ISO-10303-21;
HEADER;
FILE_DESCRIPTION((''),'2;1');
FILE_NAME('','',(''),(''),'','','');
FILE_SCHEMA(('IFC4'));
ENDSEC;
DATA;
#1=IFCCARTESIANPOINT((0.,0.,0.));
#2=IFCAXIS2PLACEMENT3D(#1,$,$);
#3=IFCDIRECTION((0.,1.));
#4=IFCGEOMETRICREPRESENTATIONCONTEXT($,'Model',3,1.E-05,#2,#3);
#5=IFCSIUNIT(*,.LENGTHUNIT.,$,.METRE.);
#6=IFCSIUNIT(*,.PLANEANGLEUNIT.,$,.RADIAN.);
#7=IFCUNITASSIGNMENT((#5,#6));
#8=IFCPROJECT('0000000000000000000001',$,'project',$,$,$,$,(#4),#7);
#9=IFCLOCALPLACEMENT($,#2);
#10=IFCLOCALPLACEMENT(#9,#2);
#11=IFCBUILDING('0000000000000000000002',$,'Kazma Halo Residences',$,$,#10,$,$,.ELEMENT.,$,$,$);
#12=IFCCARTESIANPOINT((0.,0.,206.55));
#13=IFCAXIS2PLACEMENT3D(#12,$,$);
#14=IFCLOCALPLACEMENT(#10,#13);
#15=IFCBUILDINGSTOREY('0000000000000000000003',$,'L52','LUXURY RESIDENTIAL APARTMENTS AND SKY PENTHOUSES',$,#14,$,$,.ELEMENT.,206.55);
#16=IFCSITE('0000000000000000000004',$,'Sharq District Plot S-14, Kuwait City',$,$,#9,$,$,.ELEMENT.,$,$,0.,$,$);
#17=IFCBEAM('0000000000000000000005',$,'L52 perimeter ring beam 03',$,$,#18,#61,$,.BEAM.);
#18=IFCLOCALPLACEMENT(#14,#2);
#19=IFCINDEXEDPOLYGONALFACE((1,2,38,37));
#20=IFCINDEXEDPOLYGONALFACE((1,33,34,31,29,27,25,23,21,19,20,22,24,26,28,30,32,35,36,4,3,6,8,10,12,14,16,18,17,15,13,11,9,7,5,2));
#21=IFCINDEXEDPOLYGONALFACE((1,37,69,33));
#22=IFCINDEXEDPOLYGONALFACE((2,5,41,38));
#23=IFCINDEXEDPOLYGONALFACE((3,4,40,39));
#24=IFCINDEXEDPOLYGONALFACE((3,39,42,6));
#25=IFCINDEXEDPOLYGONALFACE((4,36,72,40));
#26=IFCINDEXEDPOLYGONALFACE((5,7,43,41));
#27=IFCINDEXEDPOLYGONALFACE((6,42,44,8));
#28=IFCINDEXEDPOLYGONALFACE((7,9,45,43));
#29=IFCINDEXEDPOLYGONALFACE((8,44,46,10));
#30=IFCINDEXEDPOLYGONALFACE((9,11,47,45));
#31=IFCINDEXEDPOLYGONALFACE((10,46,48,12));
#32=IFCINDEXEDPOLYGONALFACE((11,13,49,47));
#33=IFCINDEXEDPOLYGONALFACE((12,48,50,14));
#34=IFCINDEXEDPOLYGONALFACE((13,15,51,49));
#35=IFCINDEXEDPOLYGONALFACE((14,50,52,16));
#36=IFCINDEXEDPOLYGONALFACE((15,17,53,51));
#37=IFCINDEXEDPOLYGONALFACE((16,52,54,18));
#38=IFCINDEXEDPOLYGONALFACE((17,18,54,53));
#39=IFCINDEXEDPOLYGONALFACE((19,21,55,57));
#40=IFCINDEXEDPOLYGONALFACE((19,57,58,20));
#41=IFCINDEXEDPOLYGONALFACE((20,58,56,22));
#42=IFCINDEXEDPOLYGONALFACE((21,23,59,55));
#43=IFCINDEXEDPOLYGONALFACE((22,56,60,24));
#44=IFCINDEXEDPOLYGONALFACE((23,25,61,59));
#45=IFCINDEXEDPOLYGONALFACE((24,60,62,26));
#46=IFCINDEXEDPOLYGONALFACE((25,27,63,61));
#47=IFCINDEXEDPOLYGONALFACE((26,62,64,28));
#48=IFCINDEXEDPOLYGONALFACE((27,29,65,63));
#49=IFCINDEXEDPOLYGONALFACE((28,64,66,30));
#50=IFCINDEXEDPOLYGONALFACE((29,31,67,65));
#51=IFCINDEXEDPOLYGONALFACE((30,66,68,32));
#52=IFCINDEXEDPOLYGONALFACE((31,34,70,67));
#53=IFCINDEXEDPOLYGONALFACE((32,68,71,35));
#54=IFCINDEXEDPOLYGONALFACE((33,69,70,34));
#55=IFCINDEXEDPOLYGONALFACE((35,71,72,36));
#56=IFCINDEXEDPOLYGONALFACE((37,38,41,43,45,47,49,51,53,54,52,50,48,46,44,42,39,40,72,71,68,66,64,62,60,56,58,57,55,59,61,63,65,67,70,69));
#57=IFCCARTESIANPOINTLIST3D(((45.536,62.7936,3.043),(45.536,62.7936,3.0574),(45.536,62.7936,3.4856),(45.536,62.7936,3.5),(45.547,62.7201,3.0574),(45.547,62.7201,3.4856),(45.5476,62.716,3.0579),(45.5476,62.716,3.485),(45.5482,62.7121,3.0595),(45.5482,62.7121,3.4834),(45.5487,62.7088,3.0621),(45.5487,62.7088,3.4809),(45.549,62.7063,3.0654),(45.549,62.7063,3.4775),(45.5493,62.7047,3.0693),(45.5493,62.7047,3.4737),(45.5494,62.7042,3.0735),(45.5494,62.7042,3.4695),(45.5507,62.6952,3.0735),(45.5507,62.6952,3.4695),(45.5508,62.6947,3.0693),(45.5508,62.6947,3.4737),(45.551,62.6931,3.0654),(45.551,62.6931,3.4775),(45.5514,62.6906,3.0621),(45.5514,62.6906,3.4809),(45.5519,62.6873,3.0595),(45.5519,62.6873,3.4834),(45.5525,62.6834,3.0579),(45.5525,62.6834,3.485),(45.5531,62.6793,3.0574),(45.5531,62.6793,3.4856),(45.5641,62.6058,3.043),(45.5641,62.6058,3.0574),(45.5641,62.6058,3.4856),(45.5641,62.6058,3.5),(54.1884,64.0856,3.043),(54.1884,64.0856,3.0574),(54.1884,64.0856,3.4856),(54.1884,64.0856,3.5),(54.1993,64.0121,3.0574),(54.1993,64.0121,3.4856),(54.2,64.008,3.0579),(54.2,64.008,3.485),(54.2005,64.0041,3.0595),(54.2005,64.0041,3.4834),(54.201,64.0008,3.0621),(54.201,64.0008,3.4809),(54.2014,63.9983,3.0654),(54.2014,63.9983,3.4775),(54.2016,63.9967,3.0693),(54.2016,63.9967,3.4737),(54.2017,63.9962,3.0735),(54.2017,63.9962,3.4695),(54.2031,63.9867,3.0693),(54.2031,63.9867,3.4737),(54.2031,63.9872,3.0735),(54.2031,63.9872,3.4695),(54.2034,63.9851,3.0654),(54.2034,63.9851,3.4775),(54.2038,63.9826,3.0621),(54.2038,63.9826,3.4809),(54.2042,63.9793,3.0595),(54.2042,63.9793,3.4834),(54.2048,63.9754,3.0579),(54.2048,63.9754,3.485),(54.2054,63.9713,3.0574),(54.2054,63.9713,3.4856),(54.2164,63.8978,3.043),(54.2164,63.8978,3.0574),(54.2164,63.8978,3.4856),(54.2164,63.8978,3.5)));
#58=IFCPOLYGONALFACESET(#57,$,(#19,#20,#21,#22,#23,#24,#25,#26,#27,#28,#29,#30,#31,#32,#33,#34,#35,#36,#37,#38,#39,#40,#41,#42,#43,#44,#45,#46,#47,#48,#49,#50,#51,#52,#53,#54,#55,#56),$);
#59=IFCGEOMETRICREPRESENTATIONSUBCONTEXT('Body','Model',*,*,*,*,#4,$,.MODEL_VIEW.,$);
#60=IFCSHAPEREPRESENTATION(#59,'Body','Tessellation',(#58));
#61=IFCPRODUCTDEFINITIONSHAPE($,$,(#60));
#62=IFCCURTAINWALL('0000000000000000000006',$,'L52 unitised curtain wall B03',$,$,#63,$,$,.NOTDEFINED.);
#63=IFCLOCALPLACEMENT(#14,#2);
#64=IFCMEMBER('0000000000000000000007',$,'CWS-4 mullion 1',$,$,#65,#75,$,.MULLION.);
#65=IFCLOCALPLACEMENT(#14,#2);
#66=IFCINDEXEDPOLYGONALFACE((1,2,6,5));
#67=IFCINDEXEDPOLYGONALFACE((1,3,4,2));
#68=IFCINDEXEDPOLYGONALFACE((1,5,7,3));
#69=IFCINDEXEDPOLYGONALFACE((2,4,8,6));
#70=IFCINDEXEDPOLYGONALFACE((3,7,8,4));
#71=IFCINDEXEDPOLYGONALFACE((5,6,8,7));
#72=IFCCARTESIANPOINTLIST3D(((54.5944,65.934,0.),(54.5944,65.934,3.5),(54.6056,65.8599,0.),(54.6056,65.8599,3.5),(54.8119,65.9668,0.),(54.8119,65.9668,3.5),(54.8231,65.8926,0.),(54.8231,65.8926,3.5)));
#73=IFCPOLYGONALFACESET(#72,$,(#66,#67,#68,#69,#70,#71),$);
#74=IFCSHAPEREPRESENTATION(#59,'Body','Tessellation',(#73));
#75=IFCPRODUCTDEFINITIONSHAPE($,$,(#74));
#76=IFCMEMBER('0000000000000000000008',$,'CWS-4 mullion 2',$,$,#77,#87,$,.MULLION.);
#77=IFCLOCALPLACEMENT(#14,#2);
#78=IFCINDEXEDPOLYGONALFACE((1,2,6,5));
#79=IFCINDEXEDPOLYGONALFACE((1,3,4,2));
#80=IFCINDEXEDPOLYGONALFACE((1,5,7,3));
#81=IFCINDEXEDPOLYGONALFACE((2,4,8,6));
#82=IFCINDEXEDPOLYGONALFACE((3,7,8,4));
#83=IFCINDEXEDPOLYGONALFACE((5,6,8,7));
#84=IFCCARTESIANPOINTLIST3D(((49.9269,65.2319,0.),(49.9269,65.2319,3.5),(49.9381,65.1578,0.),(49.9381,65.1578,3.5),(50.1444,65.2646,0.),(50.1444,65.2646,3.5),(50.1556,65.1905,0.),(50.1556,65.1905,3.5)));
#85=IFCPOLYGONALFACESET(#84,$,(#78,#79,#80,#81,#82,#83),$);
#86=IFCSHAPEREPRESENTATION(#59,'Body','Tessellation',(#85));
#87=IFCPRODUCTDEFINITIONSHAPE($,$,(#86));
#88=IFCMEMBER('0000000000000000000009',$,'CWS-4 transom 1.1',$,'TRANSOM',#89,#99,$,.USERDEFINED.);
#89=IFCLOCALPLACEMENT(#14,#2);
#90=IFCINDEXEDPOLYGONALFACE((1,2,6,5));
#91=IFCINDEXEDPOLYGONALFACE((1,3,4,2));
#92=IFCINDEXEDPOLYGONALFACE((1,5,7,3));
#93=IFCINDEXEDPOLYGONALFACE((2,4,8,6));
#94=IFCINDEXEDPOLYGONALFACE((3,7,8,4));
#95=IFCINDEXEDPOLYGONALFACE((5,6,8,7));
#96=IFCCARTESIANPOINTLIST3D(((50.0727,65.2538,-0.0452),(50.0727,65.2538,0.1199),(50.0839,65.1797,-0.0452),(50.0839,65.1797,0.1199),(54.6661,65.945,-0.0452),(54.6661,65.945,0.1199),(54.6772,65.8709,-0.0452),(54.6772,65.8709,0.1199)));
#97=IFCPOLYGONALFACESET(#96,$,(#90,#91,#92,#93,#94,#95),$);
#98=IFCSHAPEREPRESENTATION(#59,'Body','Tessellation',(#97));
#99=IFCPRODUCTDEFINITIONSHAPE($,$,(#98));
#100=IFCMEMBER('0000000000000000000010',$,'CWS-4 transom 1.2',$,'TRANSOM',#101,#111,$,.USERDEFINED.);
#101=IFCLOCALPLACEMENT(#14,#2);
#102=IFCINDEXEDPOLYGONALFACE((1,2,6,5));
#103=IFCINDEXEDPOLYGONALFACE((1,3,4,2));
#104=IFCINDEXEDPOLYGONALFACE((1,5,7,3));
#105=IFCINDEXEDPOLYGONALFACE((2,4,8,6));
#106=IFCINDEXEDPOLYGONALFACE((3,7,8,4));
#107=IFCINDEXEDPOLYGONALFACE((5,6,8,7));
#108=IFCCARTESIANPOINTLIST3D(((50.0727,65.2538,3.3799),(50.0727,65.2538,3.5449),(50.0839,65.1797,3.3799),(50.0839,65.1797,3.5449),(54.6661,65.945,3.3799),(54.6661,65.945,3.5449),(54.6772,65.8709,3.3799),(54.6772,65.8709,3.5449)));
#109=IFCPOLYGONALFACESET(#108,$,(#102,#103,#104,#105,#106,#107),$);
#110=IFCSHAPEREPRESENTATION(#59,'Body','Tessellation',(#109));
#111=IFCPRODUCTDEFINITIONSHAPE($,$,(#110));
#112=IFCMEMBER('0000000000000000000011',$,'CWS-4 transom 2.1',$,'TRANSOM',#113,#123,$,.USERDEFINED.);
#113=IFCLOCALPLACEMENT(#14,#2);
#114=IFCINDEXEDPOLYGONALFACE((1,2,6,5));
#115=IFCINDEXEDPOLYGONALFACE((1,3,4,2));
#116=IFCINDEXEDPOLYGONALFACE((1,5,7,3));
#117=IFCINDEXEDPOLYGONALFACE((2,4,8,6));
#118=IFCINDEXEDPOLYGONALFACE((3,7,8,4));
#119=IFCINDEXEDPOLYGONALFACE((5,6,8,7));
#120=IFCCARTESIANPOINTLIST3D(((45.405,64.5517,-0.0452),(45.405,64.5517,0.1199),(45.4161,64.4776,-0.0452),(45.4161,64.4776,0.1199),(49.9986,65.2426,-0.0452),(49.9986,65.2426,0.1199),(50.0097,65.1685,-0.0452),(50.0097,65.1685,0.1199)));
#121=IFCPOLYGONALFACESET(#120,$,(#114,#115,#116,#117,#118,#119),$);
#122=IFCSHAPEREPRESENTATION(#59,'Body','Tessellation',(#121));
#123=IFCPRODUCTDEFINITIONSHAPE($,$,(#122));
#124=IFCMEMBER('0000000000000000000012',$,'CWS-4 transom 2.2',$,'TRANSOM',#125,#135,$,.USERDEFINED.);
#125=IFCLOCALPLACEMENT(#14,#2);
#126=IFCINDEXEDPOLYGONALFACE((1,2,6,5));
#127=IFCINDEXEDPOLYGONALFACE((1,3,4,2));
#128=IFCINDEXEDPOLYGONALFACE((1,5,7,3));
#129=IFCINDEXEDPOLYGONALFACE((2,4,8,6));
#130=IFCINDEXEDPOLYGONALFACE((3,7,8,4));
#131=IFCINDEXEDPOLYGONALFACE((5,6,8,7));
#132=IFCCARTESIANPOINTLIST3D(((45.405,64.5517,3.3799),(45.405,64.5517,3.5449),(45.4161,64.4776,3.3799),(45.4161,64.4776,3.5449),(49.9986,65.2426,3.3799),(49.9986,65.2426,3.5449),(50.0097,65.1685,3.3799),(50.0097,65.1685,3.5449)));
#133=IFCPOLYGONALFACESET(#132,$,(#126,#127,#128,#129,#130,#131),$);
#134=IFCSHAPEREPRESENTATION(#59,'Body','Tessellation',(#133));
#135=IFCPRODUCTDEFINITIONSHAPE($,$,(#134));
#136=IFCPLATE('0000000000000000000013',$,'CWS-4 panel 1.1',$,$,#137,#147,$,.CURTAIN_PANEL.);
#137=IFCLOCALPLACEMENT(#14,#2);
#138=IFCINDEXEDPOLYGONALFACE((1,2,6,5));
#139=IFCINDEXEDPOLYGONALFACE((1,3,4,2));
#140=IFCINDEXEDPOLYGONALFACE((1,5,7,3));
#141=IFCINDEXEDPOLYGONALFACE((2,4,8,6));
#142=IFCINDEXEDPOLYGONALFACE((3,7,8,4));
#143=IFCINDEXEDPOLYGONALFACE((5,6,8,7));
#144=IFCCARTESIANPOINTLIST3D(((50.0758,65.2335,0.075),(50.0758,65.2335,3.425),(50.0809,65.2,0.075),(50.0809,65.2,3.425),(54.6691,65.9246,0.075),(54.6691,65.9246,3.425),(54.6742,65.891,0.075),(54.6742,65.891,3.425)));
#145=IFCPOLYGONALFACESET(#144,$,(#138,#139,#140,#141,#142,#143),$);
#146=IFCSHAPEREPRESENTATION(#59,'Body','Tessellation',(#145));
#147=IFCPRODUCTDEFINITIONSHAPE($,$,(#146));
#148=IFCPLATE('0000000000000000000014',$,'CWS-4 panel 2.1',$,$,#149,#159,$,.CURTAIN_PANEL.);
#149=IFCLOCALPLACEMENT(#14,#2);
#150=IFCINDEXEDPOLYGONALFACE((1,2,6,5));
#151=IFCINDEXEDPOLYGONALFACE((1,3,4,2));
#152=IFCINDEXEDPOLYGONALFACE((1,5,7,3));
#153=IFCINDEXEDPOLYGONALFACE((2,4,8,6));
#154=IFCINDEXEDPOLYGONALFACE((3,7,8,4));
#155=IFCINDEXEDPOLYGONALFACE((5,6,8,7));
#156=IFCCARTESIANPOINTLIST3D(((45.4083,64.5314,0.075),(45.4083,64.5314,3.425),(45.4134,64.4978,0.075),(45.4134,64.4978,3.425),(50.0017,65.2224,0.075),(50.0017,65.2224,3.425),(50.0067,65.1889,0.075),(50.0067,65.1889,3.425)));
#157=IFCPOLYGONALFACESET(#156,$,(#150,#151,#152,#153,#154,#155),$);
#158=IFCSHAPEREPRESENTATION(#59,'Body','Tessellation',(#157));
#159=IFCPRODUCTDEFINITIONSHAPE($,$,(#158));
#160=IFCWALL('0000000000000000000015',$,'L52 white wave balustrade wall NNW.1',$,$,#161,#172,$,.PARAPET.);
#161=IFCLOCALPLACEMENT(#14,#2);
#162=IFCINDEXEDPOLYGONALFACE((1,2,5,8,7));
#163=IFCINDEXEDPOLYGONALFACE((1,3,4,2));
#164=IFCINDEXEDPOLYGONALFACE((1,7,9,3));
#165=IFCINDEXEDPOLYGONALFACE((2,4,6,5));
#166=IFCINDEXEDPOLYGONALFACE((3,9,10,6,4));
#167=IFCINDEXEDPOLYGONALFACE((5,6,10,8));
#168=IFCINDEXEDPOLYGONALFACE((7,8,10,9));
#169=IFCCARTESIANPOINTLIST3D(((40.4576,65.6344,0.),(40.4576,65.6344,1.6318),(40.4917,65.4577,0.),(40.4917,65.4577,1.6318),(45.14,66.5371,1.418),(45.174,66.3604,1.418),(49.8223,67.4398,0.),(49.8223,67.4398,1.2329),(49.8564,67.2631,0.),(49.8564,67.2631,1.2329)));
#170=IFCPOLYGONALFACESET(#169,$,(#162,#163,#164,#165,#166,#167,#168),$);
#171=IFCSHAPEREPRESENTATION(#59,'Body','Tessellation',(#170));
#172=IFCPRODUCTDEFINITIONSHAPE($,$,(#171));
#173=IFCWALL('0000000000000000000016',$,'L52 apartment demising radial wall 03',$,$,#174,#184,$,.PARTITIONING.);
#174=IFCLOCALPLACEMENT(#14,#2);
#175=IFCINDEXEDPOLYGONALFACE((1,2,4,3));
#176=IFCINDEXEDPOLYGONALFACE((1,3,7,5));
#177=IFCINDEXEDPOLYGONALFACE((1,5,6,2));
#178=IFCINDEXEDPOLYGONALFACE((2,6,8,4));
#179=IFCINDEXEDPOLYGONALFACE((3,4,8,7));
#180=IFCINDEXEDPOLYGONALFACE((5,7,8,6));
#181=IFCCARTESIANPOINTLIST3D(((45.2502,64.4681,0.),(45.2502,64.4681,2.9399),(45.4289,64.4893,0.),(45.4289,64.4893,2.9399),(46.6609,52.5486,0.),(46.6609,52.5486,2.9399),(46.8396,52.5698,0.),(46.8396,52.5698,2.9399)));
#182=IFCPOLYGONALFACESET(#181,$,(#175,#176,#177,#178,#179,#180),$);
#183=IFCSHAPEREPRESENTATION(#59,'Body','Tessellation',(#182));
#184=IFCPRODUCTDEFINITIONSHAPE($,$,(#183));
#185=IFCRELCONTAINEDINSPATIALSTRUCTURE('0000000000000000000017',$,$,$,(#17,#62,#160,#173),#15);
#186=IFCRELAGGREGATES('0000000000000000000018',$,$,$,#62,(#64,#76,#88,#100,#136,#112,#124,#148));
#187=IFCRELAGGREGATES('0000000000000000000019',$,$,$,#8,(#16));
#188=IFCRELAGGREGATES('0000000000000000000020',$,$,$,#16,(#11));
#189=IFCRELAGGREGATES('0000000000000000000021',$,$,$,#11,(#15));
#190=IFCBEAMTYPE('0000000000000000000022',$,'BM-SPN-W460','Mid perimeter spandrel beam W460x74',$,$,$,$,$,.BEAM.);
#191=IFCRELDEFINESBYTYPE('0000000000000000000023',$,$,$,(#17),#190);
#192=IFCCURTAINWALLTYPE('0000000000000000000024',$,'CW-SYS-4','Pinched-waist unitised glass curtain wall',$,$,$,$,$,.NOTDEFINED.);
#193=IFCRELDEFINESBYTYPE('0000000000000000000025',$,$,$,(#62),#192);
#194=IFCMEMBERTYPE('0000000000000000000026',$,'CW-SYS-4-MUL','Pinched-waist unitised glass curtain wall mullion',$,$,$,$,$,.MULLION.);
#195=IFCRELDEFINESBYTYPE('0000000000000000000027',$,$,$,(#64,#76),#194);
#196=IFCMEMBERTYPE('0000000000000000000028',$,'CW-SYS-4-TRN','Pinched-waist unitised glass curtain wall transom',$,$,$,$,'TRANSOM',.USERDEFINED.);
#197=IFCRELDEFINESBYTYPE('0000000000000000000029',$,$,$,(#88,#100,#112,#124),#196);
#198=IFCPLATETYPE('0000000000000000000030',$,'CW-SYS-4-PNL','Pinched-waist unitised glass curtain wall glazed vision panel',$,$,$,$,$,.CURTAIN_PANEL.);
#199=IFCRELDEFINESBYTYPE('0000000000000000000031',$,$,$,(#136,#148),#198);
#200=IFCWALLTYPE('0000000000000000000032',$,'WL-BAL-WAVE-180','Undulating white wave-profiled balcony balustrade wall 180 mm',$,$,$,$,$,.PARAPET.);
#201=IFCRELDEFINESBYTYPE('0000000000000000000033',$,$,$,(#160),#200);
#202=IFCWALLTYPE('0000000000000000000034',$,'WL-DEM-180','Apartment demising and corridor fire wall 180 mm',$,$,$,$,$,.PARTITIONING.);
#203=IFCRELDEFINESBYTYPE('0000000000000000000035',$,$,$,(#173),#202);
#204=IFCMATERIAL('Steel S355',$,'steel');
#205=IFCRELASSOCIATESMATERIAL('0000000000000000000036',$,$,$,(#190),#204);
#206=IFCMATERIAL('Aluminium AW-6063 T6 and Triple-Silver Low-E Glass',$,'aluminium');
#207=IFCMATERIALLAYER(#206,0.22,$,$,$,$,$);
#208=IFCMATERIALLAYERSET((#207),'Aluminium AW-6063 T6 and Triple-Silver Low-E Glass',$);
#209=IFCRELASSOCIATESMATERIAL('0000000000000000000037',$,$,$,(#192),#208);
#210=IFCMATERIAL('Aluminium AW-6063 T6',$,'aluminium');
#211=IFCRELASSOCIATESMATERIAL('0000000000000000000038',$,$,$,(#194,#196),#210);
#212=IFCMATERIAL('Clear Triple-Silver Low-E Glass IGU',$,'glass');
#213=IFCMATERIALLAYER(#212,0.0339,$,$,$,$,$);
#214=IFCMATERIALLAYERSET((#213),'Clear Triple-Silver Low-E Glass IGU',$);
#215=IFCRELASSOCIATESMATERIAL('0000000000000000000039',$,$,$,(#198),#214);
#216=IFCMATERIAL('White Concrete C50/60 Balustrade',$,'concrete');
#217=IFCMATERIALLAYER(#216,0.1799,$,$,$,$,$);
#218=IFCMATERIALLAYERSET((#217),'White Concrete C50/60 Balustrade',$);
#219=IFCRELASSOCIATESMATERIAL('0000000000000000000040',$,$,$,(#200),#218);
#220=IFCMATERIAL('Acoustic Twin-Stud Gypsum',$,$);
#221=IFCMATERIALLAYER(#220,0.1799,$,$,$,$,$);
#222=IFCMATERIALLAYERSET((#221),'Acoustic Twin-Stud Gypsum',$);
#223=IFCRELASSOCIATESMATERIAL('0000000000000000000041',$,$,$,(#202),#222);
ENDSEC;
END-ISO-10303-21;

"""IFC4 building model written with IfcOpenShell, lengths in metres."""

from ifc_helpers import new_model, si_unit, direction, frame, frame_2d, origin, origin_2d, place, context, subcontext, project, spatial, polyline, rectangle, i_section, outline, extrude, material, layer, layer_set, material_profile, profile_set, type_object, element, aggregate, save


model = new_model("IFC4")

# Units and contexts
model_context = context("Model", 3, precision=1e-05, world=origin(), true_north=direction((0.0, 1.0)))
body_context = subcontext(model_context, "Body", "Model", "MODEL_VIEW")
ifc_project = project(units=[si_unit("LENGTHUNIT", "METRE"), si_unit("PLANEANGLEUNIT", "RADIAN")], contexts=[model_context])

# Site, building, storey
site_placement = place(None, origin())
site = spatial("IfcSite", under=ifc_project, at=site_placement, Name="Sharq District Plot S-14, Kuwait City", CompositionType="ELEMENT", RefElevation=0.0)
building_placement = place(site_placement, origin())
building = spatial("IfcBuilding", under=site, at=building_placement, Name="Kazma Halo Residences", CompositionType="ELEMENT")
storey_placement = place(building_placement, frame((0.0, 0.0, 206.55)))
storey = spatial("IfcBuildingStorey", under=building, at=storey_placement, Name="L52", Description="LUXURY RESIDENTIAL APARTMENTS AND SKY PENTHOUSES", CompositionType="ELEMENT", Elevation=206.55)

# Beam
ifc_material_1 = material(Name="Steel S355", Category="steel")
ifc_material_profile_1 = material_profile(ifc_material_1, i_section(OverallWidth=0.1899, OverallDepth=0.457, WebThickness=0.009, FlangeThickness=0.0144, FilletRadius=0.0161, at=origin_2d()), Name="W460x74")
ifc_profile_set_1 = profile_set([ifc_material_profile_1], Name="Steel S355")
beam_type_1 = type_object("IfcBeamType", Name="BM-SPN-W460", Description="Mid perimeter spandrel beam W460x74", PredefinedType="BEAM", material=ifc_profile_set_1)
beam_1_placement = place(storey_placement, frame((54.2024, 63.9917, 3.2715), z_axis=(-0.989034, -0.147685, 0.0), x_axis=(0.147685, -0.989034, 0.0)))
element("IfcBeam", 1, at=beam_1_placement, inside=storey, type_object=beam_type_1, Name="L52 perimeter ring beam 03", PredefinedType="BEAM", context=body_context, shape_type="SweptSolid", body=[
    extrude(i_section(OverallWidth=0.1899, OverallDepth=0.457, WebThickness=0.009, FlangeThickness=0.0144, FilletRadius=0.0161, at=origin_2d()), origin(), (0.0, 0.0, 1.0), 8.7483),
])

# Curtain wall, members, plates
ifc_material_2 = material(Name="Aluminium AW-6063 T6 and Triple-Silver Low-E Glass", Category="aluminium")
ifc_layer_1 = layer(ifc_material_2, 0.22)
ifc_layer_set_1 = layer_set([ifc_layer_1], Name="Aluminium AW-6063 T6 and Triple-Silver Low-E Glass")
curtain_wall_type = type_object("IfcCurtainWallType", Name="CW-SYS-4", Description="Pinched-waist unitised glass curtain wall", PredefinedType="NOTDEFINED", material=ifc_layer_set_1)
curtain_wall_placement = place(storey_placement, origin())
curtain_wall = element("IfcCurtainWall", 2, at=curtain_wall_placement, inside=storey, type_object=curtain_wall_type, Name="L52 unitised curtain wall B03", PredefinedType="NOTDEFINED")
ifc_material_3 = material(Name="Aluminium AW-6063 T6", Category="aluminium")
ifc_material_profile_2 = material_profile(ifc_material_3, rectangle(XDim=0.075, YDim=0.22, at=origin_2d()), Name="CWM-75x220")
ifc_profile_set_2 = profile_set([ifc_material_profile_2], Name="Aluminium AW-6063 T6")
member_type_1 = type_object("IfcMemberType", Name="CW-SYS-4-MUL", Description="Pinched-waist unitised glass curtain wall mullion", PredefinedType="MULLION", material=ifc_profile_set_2)
member_1_placement = place(storey_placement, frame((54.7087, 65.9133, 0.0), z_axis=(0.0, 0.0, 1.0), x_axis=(0.148773, -0.988871, 0.0)))
member_1 = element("IfcMember", 3, at=member_1_placement, type_object=member_type_1, Name="CWS-4 mullion 1", PredefinedType="MULLION", context=body_context, shape_type="SweptSolid", body=[
    extrude(rectangle(XDim=0.075, YDim=0.22, at=origin_2d()), origin(), (0.0, 0.0, 1.0), 3.5),
])
member_2_placement = place(storey_placement, frame((50.0413, 65.2112, 0.0), z_axis=(0.0, 0.0, 1.0), x_axis=(0.148773, -0.988871, 0.0)))
member_2 = element("IfcMember", 4, at=member_2_placement, type_object=member_type_1, Name="CWS-4 mullion 2", PredefinedType="MULLION", context=body_context, shape_type="SweptSolid", body=[
    extrude(rectangle(XDim=0.075, YDim=0.22, at=origin_2d()), origin(), (0.0, 0.0, 1.0), 3.5),
])
ifc_material_profile_3 = material_profile(ifc_material_3, rectangle(XDim=0.075, YDim=0.165, at=origin_2d()), Name="CWT-75x165")
ifc_profile_set_3 = profile_set([ifc_material_profile_3], Name="Aluminium AW-6063 T6")
member_type_2 = type_object("IfcMemberType", Name="CW-SYS-4-TRN", Description="Pinched-waist unitised glass curtain wall transom", ElementType="TRANSOM", PredefinedType="USERDEFINED", material=ifc_profile_set_3)
member_3_placement = place(storey_placement, frame((54.6716, 65.908, 0.0374), z_axis=(-0.988868, -0.148798, 0.0), x_axis=(0.148798, -0.988868, 0.0)))
member_3 = element("IfcMember", 5, at=member_3_placement, type_object=member_type_2, Name="CWS-4 transom 1.1", ObjectType="TRANSOM", PredefinedType="USERDEFINED", context=body_context, shape_type="SweptSolid", body=[
    extrude(rectangle(XDim=0.075, YDim=0.165, at=origin_2d()), origin(), (0.0, 0.0, 1.0), 4.645),
])
member_4_placement = place(storey_placement, frame((54.6716, 65.908, 3.4624), z_axis=(-0.988868, -0.148798, 0.0), x_axis=(0.148798, -0.988868, 0.0)))
member_4 = element("IfcMember", 6, at=member_4_placement, type_object=member_type_2, Name="CWS-4 transom 1.2", ObjectType="TRANSOM", PredefinedType="USERDEFINED", context=body_context, shape_type="SweptSolid", body=[
    extrude(rectangle(XDim=0.075, YDim=0.165, at=origin_2d()), origin(), (0.0, 0.0, 1.0), 4.645),
])
member_5_placement = place(storey_placement, frame((50.0042, 65.2056, 0.0374), z_axis=(-0.988877, -0.148739, 0.0), x_axis=(0.148739, -0.988877, 0.0)))
member_5 = element("IfcMember", 7, at=member_5_placement, type_object=member_type_2, Name="CWS-4 transom 2.1", ObjectType="TRANSOM", PredefinedType="USERDEFINED", context=body_context, shape_type="SweptSolid", body=[
    extrude(rectangle(XDim=0.075, YDim=0.165, at=origin_2d()), origin(), (0.0, 0.0, 1.0), 4.6453),
])
member_6_placement = place(storey_placement, frame((50.0042, 65.2056, 3.4624), z_axis=(-0.988877, -0.148739, 0.0), x_axis=(0.148739, -0.988877, 0.0)))
member_6 = element("IfcMember", 8, at=member_6_placement, type_object=member_type_2, Name="CWS-4 transom 2.2", ObjectType="TRANSOM", PredefinedType="USERDEFINED", context=body_context, shape_type="SweptSolid", body=[
    extrude(rectangle(XDim=0.075, YDim=0.165, at=origin_2d()), origin(), (0.0, 0.0, 1.0), 4.6453),
])
ifc_material_4 = material(Name="Clear Triple-Silver Low-E Glass IGU", Category="glass")
ifc_layer_2 = layer(ifc_material_4, 0.0339)
ifc_layer_set_2 = layer_set([ifc_layer_2], Name="Clear Triple-Silver Low-E Glass IGU")
plate_type = type_object("IfcPlateType", Name="CW-SYS-4-PNL", Description="Pinched-waist unitised glass curtain wall glazed vision panel", PredefinedType="CURTAIN_PANEL", material=ifc_layer_set_2)
plate_1_placement = place(storey_placement, frame((52.375, 65.5623, 0.075), z_axis=(0.0, 0.0, 1.0), x_axis=(-0.988871, -0.148773, 0.0)))
plate_1 = element("IfcPlate", 9, at=plate_1_placement, type_object=plate_type, Name="CWS-4 panel 1.1", PredefinedType="CURTAIN_PANEL", context=body_context, shape_type="SweptSolid", body=[
    extrude(rectangle(XDim=4.645, YDim=0.0339, at=origin_2d()), origin(), (0.0, 0.0, 1.0), 3.3501),
])
plate_2_placement = place(storey_placement, frame((47.7075, 64.8601, 0.075), z_axis=(0.0, 0.0, 1.0), x_axis=(-0.988871, -0.148773, 0.0)))
plate_2 = element("IfcPlate", 10, at=plate_2_placement, type_object=plate_type, Name="CWS-4 panel 2.1", PredefinedType="CURTAIN_PANEL", context=body_context, shape_type="SweptSolid", body=[
    extrude(rectangle(XDim=4.645, YDim=0.0339, at=origin_2d()), origin(), (0.0, 0.0, 1.0), 3.3501),
])
aggregate(curtain_wall, [member_1, member_2, member_3, member_4, plate_1, member_5, member_6, plate_2])

# Walls
ifc_material_5 = material(Name="White Concrete C50/60 Balustrade", Category="concrete")
ifc_layer_3 = layer(ifc_material_5, 0.1799)
ifc_layer_set_3 = layer_set([ifc_layer_3], Name="White Concrete C50/60 Balustrade")
wall_type_1 = type_object("IfcWallType", Name="WL-BAL-WAVE-180", Description="Undulating white wave-profiled balcony balustrade wall 180 mm", PredefinedType="PARAPET", material=ifc_layer_set_3)
wall_1_placement = place(storey_placement, frame((49.8394, 67.3513, 0.0), z_axis=(0.0, 0.0, 1.0), x_axis=(-0.981919, -0.189303, 0.0)))
element("IfcWall", 11, at=wall_1_placement, inside=storey, type_object=wall_type_1, Name="L52 white wave balustrade wall NNW.1", PredefinedType="PARAPET", context=body_context, shape_type="SweptSolid", body=[
    extrude(outline(polyline([(0.0, 0.0), (9.5371, 0.0), (9.5371, 1.6318), (4.7686, 1.418), (0.0, 1.2329), (0.0, 0.0)])), frame((0.0, 0.0898, 0.0), z_axis=(0.0, -1.0, 0.0), x_axis=(1.0, 0.0, 0.0)), (0.0, 0.0, 1.0), 0.1799),
])
ifc_material_6 = material(Name="Acoustic Twin-Stud Gypsum")
ifc_layer_4 = layer(ifc_material_6, 0.1799)
ifc_layer_set_4 = layer_set([ifc_layer_4], Name="Acoustic Twin-Stud Gypsum")
wall_type_2 = type_object("IfcWallType", Name="WL-DEM-180", Description="Apartment demising and corridor fire wall 180 mm", PredefinedType="PARTITIONING", material=ifc_layer_set_4)
wall_2_placement = place(storey_placement, frame((46.7502, 52.5591, 0.0), z_axis=(0.0, 0.0, 1.0), x_axis=(-0.117528, 0.99307, 0.0)))
element("IfcWall", 12, at=wall_2_placement, inside=storey, type_object=wall_type_2, Name="L52 apartment demising radial wall 03", PredefinedType="PARTITIONING", context=body_context, shape_type="SweptSolid", body=[
    extrude(rectangle(XDim=12.0027, YDim=0.1799, at=frame_2d((6.0015, 0.0))), origin(), (0.0, 0.0, 1.0), 2.9399),
])

save(model, "model.ifc")
